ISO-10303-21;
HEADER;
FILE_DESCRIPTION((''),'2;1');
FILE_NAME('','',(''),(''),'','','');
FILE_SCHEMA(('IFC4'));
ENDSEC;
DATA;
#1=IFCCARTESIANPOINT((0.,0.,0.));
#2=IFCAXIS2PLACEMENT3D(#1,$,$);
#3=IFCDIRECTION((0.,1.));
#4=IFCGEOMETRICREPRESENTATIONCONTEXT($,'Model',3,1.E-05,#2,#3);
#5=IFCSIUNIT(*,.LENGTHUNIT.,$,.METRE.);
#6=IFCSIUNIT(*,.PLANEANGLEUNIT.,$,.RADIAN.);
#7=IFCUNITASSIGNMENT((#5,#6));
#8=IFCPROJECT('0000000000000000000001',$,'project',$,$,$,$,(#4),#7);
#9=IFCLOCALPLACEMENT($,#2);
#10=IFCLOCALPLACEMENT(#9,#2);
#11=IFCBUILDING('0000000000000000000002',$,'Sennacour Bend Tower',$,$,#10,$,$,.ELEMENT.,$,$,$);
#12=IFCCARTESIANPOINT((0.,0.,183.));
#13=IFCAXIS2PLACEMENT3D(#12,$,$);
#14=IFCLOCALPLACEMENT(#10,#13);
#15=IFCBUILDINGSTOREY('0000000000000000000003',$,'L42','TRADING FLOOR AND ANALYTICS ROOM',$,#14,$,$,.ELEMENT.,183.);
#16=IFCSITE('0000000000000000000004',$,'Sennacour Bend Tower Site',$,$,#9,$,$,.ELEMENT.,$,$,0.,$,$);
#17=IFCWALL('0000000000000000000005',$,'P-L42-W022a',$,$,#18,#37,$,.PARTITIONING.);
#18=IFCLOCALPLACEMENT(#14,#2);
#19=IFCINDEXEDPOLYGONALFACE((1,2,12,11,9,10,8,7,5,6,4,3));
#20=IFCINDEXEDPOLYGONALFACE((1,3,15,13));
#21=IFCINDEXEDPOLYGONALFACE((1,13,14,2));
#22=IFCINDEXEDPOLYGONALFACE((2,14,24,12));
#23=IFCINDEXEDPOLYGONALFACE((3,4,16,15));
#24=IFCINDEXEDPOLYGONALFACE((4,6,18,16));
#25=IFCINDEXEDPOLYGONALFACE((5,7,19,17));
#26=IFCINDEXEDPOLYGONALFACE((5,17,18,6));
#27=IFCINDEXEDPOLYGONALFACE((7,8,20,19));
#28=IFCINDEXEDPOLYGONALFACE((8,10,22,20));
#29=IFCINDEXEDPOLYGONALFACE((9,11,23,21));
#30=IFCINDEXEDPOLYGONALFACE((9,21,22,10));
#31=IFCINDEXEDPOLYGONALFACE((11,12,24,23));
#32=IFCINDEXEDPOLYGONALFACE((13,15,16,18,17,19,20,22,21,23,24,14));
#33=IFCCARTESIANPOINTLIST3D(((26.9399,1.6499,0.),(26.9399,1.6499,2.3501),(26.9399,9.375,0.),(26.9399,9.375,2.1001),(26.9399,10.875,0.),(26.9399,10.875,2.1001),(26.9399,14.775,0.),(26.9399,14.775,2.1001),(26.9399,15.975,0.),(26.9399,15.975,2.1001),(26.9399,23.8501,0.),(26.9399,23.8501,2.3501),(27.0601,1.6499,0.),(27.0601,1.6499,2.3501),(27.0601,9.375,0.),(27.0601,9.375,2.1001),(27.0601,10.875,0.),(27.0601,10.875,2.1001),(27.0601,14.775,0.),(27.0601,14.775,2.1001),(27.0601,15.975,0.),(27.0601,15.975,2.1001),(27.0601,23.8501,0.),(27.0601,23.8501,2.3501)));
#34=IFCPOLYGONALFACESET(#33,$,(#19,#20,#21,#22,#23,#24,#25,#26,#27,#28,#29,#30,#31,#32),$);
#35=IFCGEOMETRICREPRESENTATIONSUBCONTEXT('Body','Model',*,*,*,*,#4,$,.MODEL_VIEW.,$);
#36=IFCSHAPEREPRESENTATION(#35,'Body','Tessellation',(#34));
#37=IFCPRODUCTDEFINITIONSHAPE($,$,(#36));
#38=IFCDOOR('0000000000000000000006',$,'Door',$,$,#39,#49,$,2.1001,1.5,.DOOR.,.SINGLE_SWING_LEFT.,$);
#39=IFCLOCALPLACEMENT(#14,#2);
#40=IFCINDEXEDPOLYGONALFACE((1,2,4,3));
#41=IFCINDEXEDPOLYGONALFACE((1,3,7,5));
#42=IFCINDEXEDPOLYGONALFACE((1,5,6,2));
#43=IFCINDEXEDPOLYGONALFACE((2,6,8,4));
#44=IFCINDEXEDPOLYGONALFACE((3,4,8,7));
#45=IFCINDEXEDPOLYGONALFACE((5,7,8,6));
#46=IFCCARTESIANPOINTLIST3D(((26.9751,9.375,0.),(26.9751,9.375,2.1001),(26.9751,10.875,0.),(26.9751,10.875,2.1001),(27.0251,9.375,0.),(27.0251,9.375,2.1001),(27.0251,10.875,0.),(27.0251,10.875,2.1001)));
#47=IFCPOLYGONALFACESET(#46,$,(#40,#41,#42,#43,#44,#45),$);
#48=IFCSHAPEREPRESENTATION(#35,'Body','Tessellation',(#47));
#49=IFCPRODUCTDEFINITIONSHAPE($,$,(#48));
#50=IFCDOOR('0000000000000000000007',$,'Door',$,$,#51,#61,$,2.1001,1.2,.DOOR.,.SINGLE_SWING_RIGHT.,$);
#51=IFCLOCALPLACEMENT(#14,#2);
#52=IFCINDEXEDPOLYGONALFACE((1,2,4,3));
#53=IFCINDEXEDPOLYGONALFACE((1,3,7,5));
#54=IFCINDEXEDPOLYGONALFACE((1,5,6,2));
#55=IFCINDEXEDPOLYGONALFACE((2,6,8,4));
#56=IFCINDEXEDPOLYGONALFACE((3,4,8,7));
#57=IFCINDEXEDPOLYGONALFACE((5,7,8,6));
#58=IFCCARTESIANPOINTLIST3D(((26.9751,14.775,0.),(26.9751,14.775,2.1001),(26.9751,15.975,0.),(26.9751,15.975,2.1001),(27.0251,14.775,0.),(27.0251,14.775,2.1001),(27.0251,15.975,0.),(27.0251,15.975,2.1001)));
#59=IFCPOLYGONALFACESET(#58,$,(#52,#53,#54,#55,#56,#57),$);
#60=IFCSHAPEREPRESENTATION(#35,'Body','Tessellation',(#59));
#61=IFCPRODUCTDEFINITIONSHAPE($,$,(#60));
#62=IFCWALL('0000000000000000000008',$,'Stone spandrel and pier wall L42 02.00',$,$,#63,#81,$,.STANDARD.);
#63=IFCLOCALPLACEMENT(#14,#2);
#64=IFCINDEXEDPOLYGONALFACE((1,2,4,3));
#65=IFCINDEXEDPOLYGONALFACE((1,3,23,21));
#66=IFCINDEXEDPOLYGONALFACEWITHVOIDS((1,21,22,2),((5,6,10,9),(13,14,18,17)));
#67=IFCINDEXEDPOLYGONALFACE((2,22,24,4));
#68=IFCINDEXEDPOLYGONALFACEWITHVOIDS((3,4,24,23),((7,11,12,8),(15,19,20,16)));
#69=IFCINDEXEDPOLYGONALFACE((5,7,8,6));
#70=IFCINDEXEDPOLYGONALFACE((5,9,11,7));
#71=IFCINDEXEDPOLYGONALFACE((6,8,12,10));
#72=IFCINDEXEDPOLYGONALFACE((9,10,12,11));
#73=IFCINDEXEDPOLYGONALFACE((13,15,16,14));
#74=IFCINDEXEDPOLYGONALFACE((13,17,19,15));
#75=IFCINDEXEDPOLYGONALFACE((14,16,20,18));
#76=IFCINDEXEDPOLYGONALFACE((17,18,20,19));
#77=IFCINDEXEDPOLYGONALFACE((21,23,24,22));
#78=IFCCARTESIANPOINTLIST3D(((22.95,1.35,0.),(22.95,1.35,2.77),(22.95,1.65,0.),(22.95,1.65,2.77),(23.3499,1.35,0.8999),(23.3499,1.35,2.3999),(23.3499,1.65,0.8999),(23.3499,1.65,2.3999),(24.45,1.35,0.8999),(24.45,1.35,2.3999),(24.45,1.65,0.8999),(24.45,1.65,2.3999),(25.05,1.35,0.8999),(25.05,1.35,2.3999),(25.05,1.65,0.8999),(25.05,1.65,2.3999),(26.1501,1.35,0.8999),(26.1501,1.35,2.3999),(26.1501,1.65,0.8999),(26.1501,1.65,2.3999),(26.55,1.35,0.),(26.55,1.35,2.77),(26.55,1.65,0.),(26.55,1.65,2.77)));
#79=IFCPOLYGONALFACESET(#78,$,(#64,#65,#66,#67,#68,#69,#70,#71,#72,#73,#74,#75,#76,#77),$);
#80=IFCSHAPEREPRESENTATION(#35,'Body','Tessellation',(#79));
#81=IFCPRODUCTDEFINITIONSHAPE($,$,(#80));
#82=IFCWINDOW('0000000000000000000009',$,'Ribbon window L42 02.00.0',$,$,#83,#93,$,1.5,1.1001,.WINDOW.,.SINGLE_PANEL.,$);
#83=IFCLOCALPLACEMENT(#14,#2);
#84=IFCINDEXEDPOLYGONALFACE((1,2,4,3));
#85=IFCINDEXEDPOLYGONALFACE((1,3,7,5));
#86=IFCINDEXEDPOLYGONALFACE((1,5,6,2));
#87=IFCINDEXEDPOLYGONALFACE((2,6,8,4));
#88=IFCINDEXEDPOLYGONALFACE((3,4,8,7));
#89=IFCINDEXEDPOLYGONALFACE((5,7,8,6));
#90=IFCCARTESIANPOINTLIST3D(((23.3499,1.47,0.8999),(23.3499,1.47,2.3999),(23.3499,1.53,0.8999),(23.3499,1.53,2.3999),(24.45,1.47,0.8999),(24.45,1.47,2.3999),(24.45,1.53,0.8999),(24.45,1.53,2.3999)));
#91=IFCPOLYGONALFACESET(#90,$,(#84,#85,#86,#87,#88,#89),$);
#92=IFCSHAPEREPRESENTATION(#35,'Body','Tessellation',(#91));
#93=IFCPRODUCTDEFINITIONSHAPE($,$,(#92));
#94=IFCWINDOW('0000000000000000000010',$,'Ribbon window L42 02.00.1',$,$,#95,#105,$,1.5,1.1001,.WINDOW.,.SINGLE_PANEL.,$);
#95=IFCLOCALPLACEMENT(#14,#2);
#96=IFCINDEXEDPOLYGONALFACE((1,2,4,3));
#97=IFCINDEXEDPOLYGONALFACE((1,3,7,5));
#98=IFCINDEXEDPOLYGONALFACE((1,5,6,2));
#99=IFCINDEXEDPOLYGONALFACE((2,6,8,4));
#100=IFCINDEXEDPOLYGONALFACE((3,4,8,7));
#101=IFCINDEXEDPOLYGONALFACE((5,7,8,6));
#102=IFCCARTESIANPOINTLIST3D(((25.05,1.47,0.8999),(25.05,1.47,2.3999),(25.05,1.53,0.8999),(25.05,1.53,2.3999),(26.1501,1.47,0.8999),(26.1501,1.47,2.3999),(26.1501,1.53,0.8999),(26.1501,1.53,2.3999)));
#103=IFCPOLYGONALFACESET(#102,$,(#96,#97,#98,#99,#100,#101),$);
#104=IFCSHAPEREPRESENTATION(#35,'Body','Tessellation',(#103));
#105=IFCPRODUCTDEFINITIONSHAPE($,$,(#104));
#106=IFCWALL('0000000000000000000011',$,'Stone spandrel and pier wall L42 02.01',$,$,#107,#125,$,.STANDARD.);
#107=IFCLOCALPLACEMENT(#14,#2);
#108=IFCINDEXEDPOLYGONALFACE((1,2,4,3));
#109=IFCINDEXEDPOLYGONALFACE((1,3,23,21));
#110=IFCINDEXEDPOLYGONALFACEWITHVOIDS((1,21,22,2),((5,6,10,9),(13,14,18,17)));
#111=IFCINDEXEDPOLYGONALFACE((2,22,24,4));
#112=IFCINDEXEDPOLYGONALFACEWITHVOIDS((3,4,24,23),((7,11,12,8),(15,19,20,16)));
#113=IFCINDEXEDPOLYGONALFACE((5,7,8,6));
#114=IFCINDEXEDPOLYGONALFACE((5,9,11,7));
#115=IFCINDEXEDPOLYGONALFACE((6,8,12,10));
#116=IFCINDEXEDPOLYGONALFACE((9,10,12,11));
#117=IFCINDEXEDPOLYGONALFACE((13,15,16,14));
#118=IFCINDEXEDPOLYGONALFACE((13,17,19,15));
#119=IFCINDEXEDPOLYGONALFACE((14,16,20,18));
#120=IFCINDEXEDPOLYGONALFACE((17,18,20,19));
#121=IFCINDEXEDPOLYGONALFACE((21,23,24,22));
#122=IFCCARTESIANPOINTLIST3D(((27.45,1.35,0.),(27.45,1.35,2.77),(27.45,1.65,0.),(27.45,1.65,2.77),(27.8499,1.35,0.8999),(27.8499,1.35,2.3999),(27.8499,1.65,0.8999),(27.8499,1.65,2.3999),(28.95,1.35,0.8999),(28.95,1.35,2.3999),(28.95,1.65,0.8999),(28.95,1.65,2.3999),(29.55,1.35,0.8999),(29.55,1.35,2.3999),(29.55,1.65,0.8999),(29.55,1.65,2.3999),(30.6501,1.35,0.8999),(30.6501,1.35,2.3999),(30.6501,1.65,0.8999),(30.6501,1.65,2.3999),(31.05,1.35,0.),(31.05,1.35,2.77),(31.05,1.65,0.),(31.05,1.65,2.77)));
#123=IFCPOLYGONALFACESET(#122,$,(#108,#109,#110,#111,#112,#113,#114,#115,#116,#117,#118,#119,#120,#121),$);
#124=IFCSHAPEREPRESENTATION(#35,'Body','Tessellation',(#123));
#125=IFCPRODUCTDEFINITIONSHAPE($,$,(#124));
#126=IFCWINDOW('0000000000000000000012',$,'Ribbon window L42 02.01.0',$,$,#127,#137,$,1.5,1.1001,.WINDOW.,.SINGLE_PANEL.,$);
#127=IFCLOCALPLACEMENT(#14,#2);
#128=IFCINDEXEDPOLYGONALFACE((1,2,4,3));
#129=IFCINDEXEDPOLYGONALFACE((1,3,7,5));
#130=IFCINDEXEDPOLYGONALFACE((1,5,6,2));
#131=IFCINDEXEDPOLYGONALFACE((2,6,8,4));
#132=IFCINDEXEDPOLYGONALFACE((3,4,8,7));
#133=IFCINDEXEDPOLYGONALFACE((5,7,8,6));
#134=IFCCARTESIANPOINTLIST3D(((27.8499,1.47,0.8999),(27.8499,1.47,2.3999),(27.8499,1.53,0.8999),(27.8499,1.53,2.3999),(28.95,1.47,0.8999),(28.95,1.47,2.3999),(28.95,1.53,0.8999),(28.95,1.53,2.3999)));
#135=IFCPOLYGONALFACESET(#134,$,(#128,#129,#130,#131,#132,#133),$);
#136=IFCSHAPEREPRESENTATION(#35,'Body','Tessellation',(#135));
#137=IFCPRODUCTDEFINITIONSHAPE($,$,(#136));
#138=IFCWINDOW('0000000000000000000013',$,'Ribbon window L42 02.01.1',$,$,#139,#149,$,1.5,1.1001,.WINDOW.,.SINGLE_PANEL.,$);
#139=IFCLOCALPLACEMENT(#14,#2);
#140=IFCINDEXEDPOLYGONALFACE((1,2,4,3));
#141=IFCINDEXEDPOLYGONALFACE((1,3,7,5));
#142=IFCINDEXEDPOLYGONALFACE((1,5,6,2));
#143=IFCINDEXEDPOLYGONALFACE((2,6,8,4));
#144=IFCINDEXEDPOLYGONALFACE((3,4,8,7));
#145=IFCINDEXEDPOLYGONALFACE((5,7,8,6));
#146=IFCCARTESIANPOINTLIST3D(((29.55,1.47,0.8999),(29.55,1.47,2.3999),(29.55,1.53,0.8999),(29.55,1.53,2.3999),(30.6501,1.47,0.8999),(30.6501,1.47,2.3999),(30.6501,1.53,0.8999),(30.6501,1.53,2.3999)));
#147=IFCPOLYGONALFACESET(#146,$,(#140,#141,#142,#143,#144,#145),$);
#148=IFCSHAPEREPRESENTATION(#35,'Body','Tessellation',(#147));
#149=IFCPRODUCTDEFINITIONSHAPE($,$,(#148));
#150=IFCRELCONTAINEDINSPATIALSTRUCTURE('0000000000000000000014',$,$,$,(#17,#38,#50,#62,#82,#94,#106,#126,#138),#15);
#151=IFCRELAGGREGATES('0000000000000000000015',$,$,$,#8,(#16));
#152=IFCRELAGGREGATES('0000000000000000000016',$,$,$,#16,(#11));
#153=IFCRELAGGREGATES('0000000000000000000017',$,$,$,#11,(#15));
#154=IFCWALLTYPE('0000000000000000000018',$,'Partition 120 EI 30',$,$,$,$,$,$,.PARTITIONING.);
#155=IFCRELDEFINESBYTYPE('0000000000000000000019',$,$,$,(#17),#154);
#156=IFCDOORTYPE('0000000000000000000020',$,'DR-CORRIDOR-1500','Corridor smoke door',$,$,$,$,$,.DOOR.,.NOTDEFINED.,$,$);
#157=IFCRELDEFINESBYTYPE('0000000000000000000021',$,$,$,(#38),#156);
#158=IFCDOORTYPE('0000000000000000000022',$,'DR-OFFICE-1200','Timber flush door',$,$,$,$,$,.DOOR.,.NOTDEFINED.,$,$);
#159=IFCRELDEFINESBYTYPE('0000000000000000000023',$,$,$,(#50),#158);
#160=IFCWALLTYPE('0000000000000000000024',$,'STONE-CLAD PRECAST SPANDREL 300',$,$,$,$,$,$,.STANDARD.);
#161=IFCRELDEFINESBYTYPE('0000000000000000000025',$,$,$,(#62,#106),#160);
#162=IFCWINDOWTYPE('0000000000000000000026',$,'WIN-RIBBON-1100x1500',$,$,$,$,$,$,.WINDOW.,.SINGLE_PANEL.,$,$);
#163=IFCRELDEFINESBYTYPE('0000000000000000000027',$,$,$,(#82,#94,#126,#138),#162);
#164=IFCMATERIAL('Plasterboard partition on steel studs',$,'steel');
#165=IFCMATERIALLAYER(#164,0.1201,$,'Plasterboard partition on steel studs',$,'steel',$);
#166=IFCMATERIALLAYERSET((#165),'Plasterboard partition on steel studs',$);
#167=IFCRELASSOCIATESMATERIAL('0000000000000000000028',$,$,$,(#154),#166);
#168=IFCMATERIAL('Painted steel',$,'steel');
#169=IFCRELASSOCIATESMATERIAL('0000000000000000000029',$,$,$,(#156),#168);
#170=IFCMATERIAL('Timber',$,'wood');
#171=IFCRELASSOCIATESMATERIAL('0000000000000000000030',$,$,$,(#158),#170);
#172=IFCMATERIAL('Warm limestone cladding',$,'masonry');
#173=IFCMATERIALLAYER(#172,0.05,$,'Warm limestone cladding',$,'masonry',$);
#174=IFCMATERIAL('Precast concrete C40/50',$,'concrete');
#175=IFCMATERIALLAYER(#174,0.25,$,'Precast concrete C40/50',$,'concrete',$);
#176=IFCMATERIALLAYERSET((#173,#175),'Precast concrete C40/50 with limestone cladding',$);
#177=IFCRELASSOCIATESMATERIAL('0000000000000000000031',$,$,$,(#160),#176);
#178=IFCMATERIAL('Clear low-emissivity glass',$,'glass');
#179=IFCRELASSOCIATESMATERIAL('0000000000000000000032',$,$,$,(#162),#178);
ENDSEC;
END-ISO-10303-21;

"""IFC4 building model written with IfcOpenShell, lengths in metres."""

from ifc_helpers import new_model, si_unit, direction, frame, frame_2d, origin, place, context, subcontext, project, spatial, rectangle, extrude, material, layer, layer_set, type_object, element, fill, save


model = new_model("IFC4")

# Units and contexts
model_context = context("Model", 3, precision=1e-05, world=origin(), true_north=direction((0.0, 1.0)))
body_context = subcontext(model_context, "Body", "Model", "MODEL_VIEW")
ifc_project = project(units=[si_unit("LENGTHUNIT", "METRE"), si_unit("PLANEANGLEUNIT", "RADIAN")], contexts=[model_context])

# Site, building, storey
site_placement = place(None, origin())
site = spatial("IfcSite", under=ifc_project, at=site_placement, Name="Sennacour Bend Tower Site", CompositionType="ELEMENT", RefElevation=0.0)
building_placement = place(site_placement, origin())
building = spatial("IfcBuilding", under=site, at=building_placement, Name="Sennacour Bend Tower", CompositionType="ELEMENT")
storey_placement = place(building_placement, frame((0.0, 0.0, 183.0)))
storey = spatial("IfcBuildingStorey", under=building, at=storey_placement, Name="L42", Description="TRADING FLOOR AND ANALYTICS ROOM", CompositionType="ELEMENT", Elevation=183.0)

# Shared definitions
ifc_material_1 = material(Name="Plasterboard partition on steel studs", Category="steel")

# Wall, openings, doors
ifc_layer_1 = layer(ifc_material_1, 0.1201, Name="Plasterboard partition on steel studs", Category="steel")
ifc_layer_set_1 = layer_set([ifc_layer_1], Name="Plasterboard partition on steel studs")
wall_type_1 = type_object("IfcWallType", Name="Partition 120 EI 30", PredefinedType="PARTITIONING", material=ifc_layer_set_1)
wall_1_placement = place(storey_placement, frame((27.0, 1.6499, 0.0), z_axis=(0.0, 0.0, 1.0), x_axis=(0.0, 1.0, 0.0)))
wall_1 = element("IfcWall", 1, at=wall_1_placement, inside=storey, type_object=wall_type_1, Name="P-L42-W022a", PredefinedType="PARTITIONING", context=body_context, shape_type="SweptSolid", body=[
    extrude(rectangle(XDim=22.2002, YDim=0.1201, at=frame_2d((11.1001, 0.0))), origin(), (0.0, 0.0, 1.0), 2.3501),
])
opening_1_placement = place(wall_1_placement, frame((7.7251, 0.0, 0.0)))
opening_1 = element("IfcOpeningElement", 2, at=opening_1_placement, cuts=wall_1, PredefinedType="OPENING", context=body_context, shape_type="SweptSolid", body=[
    extrude(rectangle(XDim=1.5, YDim=2.1001, at=frame_2d((0.75, 1.05))), frame((0.0, 0.0701, 0.0), z_axis=(0.0, -1.0, 0.0), x_axis=(1.0, 0.0, 0.0)), (0.0, 0.0, 1.0), 0.1401),
])
opening_2_placement = place(wall_1_placement, frame((13.125, 0.0, 0.0)))
opening_2 = element("IfcOpeningElement", 3, at=opening_2_placement, cuts=wall_1, PredefinedType="OPENING", context=body_context, shape_type="SweptSolid", body=[
    extrude(rectangle(XDim=1.2, YDim=2.1001, at=frame_2d((0.6001, 1.05))), frame((0.0, 0.0701, 0.0), z_axis=(0.0, -1.0, 0.0), x_axis=(1.0, 0.0, 0.0)), (0.0, 0.0, 1.0), 0.1401),
])
ifc_material_2 = material(Name="Painted steel", Category="steel")
door_type_1 = type_object("IfcDoorType", Name="DR-CORRIDOR-1500", Description="Corridor smoke door", OperationType="NOTDEFINED", PredefinedType="DOOR", material=ifc_material_2)
door_1_placement = place(opening_1_placement, origin())
door_1 = element("IfcDoor", 4, at=door_1_placement, inside=storey, type_object=door_type_1, Name="Door", OperationType="SINGLE_SWING_LEFT", OverallHeight=2.1001, OverallWidth=1.5, PredefinedType="DOOR", context=body_context, shape_type="SweptSolid", body=[
    extrude(rectangle(XDim=1.5, YDim=2.1001, at=frame_2d((0.75, 1.05))), frame((0.0, 0.0249, 0.0), z_axis=(0.0, -1.0, 0.0), x_axis=(1.0, 0.0, 0.0)), (0.0, 0.0, 1.0), 0.05),
])
fill(opening_1, door_1)
ifc_material_3 = material(Name="Timber", Category="wood")
door_type_2 = type_object("IfcDoorType", Name="DR-OFFICE-1200", Description="Timber flush door", OperationType="NOTDEFINED", PredefinedType="DOOR", material=ifc_material_3)
door_2_placement = place(opening_2_placement, origin())
door_2 = element("IfcDoor", 5, at=door_2_placement, inside=storey, type_object=door_type_2, Name="Door", OperationType="SINGLE_SWING_RIGHT", OverallHeight=2.1001, OverallWidth=1.2, PredefinedType="DOOR", context=body_context, shape_type="SweptSolid", body=[
    extrude(rectangle(XDim=1.2, YDim=2.1001, at=frame_2d((0.6001, 1.05))), frame((0.0, 0.0249, 0.0), z_axis=(0.0, -1.0, 0.0), x_axis=(1.0, 0.0, 0.0)), (0.0, 0.0, 1.0), 0.05),
])
fill(opening_2, door_2)

# Walls, openings, windows
ifc_material_4 = material(Name="Warm limestone cladding", Category="masonry")
ifc_layer_2 = layer(ifc_material_4, 0.05, Name="Warm limestone cladding", Category="masonry")
ifc_material_5 = material(Name="Precast concrete C40/50", Category="concrete")
ifc_layer_3 = layer(ifc_material_5, 0.25, Name="Precast concrete C40/50", Category="concrete")
ifc_layer_set_2 = layer_set([ifc_layer_2, ifc_layer_3], Name="Precast concrete C40/50 with limestone cladding")
wall_type_2 = type_object("IfcWallType", Name="STONE-CLAD PRECAST SPANDREL 300", PredefinedType="STANDARD", material=ifc_layer_set_2)
wall_2_placement = place(storey_placement, frame((22.95, 1.5, 0.0), z_axis=(0.0, 0.0, 1.0), x_axis=(1.0, 0.0, 0.0)))
wall_2 = element("IfcWall", 6, at=wall_2_placement, inside=storey, type_object=wall_type_2, Name="Stone spandrel and pier wall L42 02.00", PredefinedType="STANDARD", context=body_context, shape_type="SweptSolid", body=[
    extrude(rectangle(XDim=3.6001, YDim=0.3, at=frame_2d((1.8, 0.0))), origin(), (0.0, 0.0, 1.0), 2.77),
])
opening_3_placement = place(wall_2_placement, frame((0.3999, 0.0, 0.8999)))
opening_3 = element("IfcOpeningElement", 7, at=opening_3_placement, cuts=wall_2, PredefinedType="OPENING", context=body_context, shape_type="SweptSolid", body=[
    extrude(rectangle(XDim=1.1001, YDim=1.5, at=frame_2d((0.55, 0.75))), frame((0.0, 0.1602, 0.0), z_axis=(0.0, -1.0, 0.0), x_axis=(1.0, 0.0, 0.0)), (0.0, 0.0, 1.0), 0.3201),
])
opening_4_placement = place(wall_2_placement, frame((2.1001, 0.0, 0.8999)))
opening_4 = element("IfcOpeningElement", 8, at=opening_4_placement, cuts=wall_2, PredefinedType="OPENING", context=body_context, shape_type="SweptSolid", body=[
    extrude(rectangle(XDim=1.1001, YDim=1.5, at=frame_2d((0.55, 0.75))), frame((0.0, 0.1602, 0.0), z_axis=(0.0, -1.0, 0.0), x_axis=(1.0, 0.0, 0.0)), (0.0, 0.0, 1.0), 0.3201),
])
ifc_material_6 = material(Name="Clear low-emissivity glass", Category="glass")
window_type = type_object("IfcWindowType", Name="WIN-RIBBON-1100x1500", PartitioningType="SINGLE_PANEL", PredefinedType="WINDOW", material=ifc_material_6)
window_1_placement = place(opening_3_placement, origin())
window_1 = element("IfcWindow", 9, at=window_1_placement, inside=storey, type_object=window_type, Name="Ribbon window L42 02.00.0", OverallHeight=1.5, OverallWidth=1.1001, PartitioningType="SINGLE_PANEL", PredefinedType="WINDOW", context=body_context, shape_type="SweptSolid", body=[
    extrude(rectangle(XDim=1.1001, YDim=1.5, at=frame_2d((0.55, 0.75))), frame((0.0, 0.03, 0.0), z_axis=(0.0, -1.0, 0.0), x_axis=(1.0, 0.0, 0.0)), (0.0, 0.0, 1.0), 0.0601),
])
fill(opening_3, window_1)
window_2_placement = place(opening_4_placement, origin())
window_2 = element("IfcWindow", 10, at=window_2_placement, inside=storey, type_object=window_type, Name="Ribbon window L42 02.00.1", OverallHeight=1.5, OverallWidth=1.1001, PartitioningType="SINGLE_PANEL", PredefinedType="WINDOW", context=body_context, shape_type="SweptSolid", body=[
    extrude(rectangle(XDim=1.1001, YDim=1.5, at=frame_2d((0.55, 0.75))), frame((0.0, 0.03, 0.0), z_axis=(0.0, -1.0, 0.0), x_axis=(1.0, 0.0, 0.0)), (0.0, 0.0, 1.0), 0.0601),
])
fill(opening_4, window_2)
wall_3_placement = place(storey_placement, frame((27.45, 1.5, 0.0), z_axis=(0.0, 0.0, 1.0), x_axis=(1.0, 0.0, 0.0)))
wall_3 = element("IfcWall", 11, at=wall_3_placement, inside=storey, type_object=wall_type_2, Name="Stone spandrel and pier wall L42 02.01", PredefinedType="STANDARD", context=body_context, shape_type="SweptSolid", body=[
    extrude(rectangle(XDim=3.6001, YDim=0.3, at=frame_2d((1.8, 0.0))), origin(), (0.0, 0.0, 1.0), 2.77),
])
opening_5_placement = place(wall_3_placement, frame((0.3999, 0.0, 0.8999)))
opening_5 = element("IfcOpeningElement", 12, at=opening_5_placement, cuts=wall_3, PredefinedType="OPENING", context=body_context, shape_type="SweptSolid", body=[
    extrude(rectangle(XDim=1.1001, YDim=1.5, at=frame_2d((0.55, 0.75))), frame((0.0, 0.1602, 0.0), z_axis=(0.0, -1.0, 0.0), x_axis=(1.0, 0.0, 0.0)), (0.0, 0.0, 1.0), 0.3201),
])
opening_6_placement = place(wall_3_placement, frame((2.1001, 0.0, 0.8999)))
opening_6 = element("IfcOpeningElement", 13, at=opening_6_placement, cuts=wall_3, PredefinedType="OPENING", context=body_context, shape_type="SweptSolid", body=[
    extrude(rectangle(XDim=1.1001, YDim=1.5, at=frame_2d((0.55, 0.75))), frame((0.0, 0.1602, 0.0), z_axis=(0.0, -1.0, 0.0), x_axis=(1.0, 0.0, 0.0)), (0.0, 0.0, 1.0), 0.3201),
])
window_3_placement = place(opening_5_placement, origin())
window_3 = element("IfcWindow", 14, at=window_3_placement, inside=storey, type_object=window_type, Name="Ribbon window L42 02.01.0", OverallHeight=1.5, OverallWidth=1.1001, PartitioningType="SINGLE_PANEL", PredefinedType="WINDOW", context=body_context, shape_type="SweptSolid", body=[
    extrude(rectangle(XDim=1.1001, YDim=1.5, at=frame_2d((0.55, 0.75))), frame((0.0, 0.03, 0.0), z_axis=(0.0, -1.0, 0.0), x_axis=(1.0, 0.0, 0.0)), (0.0, 0.0, 1.0), 0.0601),
])
fill(opening_5, window_3)
window_4_placement = place(opening_6_placement, origin())
window_4 = element("IfcWindow", 15, at=window_4_placement, inside=storey, type_object=window_type, Name="Ribbon window L42 02.01.1", OverallHeight=1.5, OverallWidth=1.1001, PartitioningType="SINGLE_PANEL", PredefinedType="WINDOW", context=body_context, shape_type="SweptSolid", body=[
    extrude(rectangle(XDim=1.1001, YDim=1.5, at=frame_2d((0.55, 0.75))), frame((0.0, 0.03, 0.0), z_axis=(0.0, -1.0, 0.0), x_axis=(1.0, 0.0, 0.0)), (0.0, 0.0, 1.0), 0.0601),
])
fill(opening_6, window_4)

save(model, "model.ifc")
